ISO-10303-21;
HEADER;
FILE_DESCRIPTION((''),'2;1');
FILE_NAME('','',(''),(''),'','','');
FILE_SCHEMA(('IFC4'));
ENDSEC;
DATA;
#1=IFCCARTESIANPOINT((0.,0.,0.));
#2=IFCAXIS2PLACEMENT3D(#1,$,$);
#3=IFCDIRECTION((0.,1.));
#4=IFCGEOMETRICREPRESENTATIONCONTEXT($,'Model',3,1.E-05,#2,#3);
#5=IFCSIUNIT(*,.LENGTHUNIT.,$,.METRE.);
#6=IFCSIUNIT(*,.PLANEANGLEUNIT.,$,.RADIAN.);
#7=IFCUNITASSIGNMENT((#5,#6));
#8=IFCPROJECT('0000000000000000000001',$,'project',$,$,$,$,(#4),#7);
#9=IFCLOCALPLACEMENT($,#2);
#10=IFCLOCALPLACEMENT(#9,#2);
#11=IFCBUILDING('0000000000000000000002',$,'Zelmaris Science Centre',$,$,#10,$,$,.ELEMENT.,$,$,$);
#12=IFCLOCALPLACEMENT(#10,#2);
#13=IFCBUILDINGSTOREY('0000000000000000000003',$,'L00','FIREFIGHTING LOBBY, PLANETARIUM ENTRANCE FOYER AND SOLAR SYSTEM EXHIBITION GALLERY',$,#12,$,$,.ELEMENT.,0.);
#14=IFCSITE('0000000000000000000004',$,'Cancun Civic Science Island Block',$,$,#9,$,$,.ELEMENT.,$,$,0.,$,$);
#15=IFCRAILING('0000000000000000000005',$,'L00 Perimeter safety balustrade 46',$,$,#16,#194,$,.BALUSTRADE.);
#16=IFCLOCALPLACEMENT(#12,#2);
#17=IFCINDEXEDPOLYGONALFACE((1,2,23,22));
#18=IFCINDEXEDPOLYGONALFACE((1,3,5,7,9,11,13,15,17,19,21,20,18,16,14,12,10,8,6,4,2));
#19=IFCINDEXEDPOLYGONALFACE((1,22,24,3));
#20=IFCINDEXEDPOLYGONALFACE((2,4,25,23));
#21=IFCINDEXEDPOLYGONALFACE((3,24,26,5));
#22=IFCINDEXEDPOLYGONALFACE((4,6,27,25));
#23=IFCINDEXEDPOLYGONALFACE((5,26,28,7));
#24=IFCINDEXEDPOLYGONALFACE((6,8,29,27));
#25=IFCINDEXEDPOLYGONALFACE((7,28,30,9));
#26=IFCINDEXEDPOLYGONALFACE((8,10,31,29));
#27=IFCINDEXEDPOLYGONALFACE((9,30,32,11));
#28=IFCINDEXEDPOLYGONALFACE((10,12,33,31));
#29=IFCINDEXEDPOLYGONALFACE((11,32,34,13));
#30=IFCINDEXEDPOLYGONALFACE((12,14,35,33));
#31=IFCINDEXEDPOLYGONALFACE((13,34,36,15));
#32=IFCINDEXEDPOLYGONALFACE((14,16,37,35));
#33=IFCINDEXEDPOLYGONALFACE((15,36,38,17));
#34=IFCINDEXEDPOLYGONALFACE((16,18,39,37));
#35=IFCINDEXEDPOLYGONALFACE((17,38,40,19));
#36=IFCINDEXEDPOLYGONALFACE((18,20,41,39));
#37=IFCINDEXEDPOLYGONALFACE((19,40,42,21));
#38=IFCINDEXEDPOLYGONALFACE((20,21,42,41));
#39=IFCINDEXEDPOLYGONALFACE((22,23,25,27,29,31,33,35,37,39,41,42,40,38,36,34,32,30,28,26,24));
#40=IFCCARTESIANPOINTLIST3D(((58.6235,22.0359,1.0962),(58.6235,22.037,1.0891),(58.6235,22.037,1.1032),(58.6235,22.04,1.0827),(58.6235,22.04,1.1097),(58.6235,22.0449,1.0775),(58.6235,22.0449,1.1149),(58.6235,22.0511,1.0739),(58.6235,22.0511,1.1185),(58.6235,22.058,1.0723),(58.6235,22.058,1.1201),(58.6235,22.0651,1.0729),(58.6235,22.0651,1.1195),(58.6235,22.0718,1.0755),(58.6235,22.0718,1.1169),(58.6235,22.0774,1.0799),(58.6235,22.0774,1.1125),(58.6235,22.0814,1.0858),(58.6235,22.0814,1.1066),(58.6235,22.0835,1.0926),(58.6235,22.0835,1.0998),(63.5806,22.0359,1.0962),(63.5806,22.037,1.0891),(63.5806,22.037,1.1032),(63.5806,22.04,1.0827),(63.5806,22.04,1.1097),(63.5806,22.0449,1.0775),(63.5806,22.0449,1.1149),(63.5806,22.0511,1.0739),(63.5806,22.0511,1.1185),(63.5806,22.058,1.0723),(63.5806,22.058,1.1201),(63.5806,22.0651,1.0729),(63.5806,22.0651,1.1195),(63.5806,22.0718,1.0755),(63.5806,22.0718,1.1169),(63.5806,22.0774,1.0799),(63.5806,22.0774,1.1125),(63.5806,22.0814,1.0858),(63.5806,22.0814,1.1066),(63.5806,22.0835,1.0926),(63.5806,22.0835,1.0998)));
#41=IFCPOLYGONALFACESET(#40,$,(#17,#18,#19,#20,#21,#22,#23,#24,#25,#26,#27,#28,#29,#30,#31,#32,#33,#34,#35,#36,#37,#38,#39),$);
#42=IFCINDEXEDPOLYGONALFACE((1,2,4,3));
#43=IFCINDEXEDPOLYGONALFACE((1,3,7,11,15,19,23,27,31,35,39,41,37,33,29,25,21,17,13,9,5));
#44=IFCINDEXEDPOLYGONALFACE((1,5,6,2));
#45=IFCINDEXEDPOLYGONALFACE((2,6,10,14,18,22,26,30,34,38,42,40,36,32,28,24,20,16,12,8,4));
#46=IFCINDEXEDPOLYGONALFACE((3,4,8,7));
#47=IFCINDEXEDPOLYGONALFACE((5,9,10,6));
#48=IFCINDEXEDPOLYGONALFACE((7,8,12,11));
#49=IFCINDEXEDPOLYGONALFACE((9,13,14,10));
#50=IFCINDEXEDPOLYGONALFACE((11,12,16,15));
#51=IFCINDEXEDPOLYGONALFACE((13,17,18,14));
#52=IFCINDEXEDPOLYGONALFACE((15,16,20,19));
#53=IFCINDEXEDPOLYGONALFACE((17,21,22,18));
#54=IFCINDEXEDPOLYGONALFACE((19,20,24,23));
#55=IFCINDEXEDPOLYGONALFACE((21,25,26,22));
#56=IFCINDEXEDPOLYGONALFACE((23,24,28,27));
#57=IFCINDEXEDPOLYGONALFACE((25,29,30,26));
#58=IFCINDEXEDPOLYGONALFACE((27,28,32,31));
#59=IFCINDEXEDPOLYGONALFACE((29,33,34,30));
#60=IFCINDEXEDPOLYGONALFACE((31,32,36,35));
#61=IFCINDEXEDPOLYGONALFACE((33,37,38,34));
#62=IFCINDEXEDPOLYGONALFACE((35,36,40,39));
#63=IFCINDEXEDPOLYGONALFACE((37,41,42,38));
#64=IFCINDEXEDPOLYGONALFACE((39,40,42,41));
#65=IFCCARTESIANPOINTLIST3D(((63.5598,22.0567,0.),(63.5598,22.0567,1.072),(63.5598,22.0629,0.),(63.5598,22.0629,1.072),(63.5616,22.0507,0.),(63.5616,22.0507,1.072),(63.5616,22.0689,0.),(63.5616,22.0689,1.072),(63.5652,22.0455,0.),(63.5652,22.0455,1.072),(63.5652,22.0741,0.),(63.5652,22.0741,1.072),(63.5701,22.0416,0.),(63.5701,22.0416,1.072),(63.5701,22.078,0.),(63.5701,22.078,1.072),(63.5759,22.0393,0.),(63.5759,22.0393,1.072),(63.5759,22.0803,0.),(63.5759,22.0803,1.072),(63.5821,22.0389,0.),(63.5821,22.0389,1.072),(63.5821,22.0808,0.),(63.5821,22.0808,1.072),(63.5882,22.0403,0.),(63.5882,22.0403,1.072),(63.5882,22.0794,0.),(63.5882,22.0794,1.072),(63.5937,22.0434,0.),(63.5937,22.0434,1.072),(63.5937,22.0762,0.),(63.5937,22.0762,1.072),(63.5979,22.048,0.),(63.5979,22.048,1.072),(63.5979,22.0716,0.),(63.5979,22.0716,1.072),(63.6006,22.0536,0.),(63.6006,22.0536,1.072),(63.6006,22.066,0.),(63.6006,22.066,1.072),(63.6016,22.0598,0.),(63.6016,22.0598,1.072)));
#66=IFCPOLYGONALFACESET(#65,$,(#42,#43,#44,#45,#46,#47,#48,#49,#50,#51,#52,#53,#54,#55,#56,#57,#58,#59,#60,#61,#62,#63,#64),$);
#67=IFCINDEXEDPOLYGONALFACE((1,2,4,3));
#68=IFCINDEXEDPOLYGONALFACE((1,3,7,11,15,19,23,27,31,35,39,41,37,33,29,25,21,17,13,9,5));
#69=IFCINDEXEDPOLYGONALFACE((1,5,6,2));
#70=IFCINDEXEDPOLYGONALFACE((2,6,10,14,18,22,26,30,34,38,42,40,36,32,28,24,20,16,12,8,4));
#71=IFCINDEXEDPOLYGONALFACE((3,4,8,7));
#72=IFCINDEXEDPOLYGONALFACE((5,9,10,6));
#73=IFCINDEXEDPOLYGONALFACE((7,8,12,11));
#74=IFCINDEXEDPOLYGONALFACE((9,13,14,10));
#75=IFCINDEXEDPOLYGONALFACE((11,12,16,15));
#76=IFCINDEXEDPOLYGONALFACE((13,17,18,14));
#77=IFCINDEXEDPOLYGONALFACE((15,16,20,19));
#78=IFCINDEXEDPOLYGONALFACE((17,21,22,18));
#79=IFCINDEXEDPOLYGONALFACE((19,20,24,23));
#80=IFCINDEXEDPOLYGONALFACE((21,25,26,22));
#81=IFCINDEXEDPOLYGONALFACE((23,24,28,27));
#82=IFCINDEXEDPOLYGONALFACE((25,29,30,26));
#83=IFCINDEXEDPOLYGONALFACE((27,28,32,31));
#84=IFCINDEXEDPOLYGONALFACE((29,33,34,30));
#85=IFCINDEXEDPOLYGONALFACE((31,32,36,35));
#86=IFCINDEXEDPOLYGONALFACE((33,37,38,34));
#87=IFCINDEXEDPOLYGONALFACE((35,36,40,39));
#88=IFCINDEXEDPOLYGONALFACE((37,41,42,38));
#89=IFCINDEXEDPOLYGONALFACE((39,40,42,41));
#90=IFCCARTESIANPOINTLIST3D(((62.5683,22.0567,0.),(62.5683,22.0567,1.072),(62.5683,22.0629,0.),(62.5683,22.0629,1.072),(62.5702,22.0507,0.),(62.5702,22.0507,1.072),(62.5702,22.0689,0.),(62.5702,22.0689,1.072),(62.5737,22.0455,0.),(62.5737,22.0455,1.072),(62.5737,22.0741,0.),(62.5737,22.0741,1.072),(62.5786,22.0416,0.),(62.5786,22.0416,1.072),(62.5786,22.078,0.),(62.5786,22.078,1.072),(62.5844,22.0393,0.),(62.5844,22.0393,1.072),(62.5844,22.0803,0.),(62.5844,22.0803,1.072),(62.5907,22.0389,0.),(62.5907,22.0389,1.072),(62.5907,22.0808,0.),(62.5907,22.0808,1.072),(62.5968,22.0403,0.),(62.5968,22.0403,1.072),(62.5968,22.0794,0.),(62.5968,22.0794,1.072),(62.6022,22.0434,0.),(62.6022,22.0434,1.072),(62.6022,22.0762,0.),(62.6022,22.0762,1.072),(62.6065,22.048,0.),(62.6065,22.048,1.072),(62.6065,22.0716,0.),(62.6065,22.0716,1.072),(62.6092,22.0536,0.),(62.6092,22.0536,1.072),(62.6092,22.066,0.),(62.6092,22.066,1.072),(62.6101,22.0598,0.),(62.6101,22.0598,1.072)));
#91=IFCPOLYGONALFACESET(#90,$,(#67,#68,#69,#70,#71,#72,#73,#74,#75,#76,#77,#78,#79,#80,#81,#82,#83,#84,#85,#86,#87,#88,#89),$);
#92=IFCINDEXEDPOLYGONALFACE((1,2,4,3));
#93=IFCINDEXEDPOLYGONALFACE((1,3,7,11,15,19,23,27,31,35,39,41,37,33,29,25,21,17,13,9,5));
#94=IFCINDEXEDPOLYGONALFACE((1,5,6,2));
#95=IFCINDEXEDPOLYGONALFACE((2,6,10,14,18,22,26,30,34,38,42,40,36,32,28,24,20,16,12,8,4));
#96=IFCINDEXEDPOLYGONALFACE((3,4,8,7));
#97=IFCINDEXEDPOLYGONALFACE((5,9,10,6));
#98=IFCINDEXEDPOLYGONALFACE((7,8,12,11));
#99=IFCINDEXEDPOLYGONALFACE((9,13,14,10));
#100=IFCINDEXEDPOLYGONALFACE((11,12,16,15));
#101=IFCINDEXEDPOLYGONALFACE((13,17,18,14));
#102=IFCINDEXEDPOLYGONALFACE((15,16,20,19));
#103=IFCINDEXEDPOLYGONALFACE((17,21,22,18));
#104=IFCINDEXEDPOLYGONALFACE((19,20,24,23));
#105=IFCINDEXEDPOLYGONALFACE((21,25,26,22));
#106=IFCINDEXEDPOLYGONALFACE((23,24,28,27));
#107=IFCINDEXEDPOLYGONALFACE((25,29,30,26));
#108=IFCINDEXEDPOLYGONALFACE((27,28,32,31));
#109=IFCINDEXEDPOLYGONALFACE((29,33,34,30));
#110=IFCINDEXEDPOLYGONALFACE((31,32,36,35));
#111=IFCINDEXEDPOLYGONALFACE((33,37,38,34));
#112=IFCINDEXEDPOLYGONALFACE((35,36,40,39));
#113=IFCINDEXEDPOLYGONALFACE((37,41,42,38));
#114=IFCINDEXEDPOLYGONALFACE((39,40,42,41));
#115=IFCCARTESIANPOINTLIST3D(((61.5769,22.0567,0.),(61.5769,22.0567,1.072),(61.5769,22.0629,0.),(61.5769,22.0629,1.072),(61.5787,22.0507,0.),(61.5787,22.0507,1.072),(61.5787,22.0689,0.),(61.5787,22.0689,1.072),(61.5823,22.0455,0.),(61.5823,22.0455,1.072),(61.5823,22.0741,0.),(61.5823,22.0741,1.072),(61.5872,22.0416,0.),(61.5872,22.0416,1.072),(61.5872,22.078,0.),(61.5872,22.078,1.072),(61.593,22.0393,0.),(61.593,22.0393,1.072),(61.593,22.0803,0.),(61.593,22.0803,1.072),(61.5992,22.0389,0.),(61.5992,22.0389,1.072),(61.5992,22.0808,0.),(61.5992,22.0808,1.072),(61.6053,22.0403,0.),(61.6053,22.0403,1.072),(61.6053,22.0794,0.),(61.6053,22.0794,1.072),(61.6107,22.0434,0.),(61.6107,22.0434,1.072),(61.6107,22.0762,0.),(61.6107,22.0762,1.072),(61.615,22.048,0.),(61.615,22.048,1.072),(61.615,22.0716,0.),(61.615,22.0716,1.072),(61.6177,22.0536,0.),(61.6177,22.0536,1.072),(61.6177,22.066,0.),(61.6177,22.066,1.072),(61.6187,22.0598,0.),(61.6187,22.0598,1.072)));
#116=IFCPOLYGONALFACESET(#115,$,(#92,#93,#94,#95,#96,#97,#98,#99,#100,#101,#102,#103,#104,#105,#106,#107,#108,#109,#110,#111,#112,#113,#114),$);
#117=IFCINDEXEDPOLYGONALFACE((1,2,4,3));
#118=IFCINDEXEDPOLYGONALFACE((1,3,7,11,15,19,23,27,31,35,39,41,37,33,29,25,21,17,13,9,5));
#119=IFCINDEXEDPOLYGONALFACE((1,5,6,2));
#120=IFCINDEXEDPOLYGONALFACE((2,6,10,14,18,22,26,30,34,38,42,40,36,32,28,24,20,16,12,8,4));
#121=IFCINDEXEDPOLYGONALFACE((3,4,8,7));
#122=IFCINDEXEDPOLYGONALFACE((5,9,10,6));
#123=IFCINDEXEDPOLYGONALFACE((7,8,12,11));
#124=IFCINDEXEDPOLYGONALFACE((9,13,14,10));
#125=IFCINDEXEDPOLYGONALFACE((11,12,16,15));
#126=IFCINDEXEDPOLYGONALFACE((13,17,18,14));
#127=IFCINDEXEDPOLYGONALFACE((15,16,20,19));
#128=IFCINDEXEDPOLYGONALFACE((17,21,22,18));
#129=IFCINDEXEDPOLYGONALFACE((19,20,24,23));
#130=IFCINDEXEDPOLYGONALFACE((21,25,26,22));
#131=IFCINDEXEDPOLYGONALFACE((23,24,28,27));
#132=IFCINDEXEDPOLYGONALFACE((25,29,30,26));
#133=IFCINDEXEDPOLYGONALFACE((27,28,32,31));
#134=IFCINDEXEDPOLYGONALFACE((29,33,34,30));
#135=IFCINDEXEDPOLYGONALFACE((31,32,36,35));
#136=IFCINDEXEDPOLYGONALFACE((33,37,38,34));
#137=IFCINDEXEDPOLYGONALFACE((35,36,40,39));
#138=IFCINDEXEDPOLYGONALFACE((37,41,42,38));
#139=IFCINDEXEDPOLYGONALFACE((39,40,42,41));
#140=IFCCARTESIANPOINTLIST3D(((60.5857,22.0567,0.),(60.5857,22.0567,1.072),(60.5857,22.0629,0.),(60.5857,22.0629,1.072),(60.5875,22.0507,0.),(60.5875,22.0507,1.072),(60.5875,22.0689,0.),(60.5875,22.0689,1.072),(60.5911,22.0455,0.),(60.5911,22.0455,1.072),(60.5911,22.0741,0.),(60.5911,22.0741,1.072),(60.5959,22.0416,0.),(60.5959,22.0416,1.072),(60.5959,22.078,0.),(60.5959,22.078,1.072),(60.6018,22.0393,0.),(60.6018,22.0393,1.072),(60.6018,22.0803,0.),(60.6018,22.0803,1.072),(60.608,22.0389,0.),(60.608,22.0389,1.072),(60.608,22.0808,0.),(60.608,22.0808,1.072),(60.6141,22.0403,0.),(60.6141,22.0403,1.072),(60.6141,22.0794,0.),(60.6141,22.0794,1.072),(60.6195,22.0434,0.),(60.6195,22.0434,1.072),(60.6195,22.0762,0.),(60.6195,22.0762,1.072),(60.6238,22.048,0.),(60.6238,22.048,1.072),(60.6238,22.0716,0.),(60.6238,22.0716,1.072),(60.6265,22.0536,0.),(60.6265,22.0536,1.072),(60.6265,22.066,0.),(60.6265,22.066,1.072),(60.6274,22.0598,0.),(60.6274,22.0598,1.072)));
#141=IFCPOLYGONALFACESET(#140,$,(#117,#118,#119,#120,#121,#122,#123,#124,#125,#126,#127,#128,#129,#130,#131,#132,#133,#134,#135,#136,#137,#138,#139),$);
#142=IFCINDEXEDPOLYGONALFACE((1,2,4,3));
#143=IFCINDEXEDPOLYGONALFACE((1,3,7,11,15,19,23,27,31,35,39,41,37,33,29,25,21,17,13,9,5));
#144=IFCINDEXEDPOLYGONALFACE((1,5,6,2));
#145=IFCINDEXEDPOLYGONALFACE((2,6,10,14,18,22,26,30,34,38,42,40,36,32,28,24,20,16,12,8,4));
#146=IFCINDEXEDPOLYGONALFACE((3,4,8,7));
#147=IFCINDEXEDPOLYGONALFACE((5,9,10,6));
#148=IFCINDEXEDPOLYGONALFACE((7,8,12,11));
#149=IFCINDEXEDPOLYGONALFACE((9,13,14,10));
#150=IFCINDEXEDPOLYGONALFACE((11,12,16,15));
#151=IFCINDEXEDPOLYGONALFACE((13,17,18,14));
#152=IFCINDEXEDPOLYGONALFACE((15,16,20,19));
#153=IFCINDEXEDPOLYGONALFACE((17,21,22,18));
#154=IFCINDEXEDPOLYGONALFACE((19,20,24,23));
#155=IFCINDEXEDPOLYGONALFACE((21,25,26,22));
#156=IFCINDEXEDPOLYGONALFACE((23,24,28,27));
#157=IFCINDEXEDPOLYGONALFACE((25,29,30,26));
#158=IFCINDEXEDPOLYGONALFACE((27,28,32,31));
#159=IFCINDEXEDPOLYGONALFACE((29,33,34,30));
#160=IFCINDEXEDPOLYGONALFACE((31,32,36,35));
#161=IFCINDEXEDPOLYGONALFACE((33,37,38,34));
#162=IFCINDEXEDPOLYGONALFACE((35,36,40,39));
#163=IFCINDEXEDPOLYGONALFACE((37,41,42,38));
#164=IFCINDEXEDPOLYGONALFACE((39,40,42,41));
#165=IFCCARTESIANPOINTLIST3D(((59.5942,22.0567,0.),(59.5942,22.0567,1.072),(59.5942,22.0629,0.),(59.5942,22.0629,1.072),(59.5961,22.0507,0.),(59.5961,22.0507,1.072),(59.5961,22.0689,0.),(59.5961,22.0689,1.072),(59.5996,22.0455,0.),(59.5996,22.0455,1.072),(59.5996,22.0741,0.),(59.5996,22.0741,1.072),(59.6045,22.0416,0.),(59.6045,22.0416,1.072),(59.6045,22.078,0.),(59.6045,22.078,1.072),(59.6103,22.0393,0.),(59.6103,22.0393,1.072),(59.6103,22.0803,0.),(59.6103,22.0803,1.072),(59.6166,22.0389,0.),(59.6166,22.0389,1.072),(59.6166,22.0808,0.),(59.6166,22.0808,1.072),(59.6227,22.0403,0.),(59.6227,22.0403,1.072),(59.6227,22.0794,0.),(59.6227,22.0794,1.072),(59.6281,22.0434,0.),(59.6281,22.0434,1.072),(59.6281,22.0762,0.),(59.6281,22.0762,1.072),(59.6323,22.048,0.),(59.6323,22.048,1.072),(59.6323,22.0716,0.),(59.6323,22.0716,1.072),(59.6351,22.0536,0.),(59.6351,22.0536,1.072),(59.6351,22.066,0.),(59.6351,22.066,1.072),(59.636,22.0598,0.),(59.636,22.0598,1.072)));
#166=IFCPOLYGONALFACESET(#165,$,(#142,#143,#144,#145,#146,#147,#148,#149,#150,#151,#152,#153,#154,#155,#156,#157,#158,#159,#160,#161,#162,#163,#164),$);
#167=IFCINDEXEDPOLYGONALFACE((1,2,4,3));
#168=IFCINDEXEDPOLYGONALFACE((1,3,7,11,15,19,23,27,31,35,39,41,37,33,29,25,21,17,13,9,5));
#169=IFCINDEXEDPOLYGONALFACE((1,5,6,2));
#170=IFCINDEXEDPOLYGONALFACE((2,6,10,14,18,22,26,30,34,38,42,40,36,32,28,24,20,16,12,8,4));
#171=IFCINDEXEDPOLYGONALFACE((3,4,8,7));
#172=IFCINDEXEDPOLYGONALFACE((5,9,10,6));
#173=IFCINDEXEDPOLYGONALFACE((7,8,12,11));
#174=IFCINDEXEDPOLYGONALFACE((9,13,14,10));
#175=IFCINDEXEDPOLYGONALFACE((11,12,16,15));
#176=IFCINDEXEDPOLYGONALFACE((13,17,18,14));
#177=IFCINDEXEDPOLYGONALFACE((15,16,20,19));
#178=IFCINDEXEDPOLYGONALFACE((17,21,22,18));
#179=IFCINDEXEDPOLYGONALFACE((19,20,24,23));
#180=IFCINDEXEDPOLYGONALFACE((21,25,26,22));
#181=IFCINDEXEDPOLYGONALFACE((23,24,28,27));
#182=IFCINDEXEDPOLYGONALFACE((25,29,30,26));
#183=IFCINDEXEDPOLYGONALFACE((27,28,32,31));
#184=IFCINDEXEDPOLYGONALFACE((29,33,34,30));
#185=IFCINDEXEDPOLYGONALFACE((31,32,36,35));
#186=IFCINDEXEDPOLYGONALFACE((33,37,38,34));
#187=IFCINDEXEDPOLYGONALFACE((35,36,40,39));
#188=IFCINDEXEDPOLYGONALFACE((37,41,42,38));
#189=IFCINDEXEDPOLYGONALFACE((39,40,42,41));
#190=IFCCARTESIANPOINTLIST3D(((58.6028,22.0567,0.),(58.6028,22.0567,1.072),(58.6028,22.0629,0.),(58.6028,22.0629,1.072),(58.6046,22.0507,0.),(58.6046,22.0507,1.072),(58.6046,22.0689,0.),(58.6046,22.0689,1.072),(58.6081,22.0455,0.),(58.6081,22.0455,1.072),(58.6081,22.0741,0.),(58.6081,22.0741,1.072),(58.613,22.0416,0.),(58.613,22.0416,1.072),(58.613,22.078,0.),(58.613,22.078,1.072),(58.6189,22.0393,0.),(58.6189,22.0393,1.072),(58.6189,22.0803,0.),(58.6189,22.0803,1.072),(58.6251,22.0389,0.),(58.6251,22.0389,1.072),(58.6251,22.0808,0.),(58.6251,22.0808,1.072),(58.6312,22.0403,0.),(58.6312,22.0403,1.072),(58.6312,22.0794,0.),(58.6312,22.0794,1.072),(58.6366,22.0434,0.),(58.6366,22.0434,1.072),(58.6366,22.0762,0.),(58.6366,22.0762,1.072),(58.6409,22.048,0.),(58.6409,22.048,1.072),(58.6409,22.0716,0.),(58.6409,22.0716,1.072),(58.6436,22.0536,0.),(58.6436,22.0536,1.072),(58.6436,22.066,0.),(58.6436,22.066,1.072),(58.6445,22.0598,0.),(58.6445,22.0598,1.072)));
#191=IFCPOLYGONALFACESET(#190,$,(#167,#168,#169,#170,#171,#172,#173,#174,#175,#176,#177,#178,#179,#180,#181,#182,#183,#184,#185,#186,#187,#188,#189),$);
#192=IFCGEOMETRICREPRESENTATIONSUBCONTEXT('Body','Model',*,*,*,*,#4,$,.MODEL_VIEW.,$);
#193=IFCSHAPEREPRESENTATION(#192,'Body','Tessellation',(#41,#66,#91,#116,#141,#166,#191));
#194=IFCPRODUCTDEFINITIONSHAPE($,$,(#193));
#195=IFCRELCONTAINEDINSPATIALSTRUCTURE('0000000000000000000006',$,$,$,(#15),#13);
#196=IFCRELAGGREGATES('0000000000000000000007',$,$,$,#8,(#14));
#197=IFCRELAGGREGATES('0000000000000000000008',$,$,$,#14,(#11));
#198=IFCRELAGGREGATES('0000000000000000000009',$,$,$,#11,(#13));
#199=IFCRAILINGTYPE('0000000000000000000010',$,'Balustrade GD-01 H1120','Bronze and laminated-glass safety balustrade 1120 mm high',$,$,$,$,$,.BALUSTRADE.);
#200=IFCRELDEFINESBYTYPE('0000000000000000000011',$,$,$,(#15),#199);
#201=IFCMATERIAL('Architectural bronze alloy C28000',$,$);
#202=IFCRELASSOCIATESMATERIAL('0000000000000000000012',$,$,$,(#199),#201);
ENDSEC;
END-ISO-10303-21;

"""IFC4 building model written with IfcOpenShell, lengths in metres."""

from ifc_helpers import new_model, si_unit, direction, frame, origin, origin_2d, place, context, subcontext, project, spatial, circle, extrude, material, type_object, element, save


model = new_model("IFC4")

# Units and contexts
model_context = context("Model", 3, precision=1e-05, world=origin(), true_north=direction((0.0, 1.0)))
body_context = subcontext(model_context, "Body", "Model", "MODEL_VIEW")
ifc_project = project(units=[si_unit("LENGTHUNIT", "METRE"), si_unit("PLANEANGLEUNIT", "RADIAN")], contexts=[model_context])

# Site, building, storey
site_placement = place(None, origin())
site = spatial("IfcSite", under=ifc_project, at=site_placement, Name="Cancun Civic Science Island Block", CompositionType="ELEMENT", RefElevation=0.0)
building_placement = place(site_placement, origin())
building = spatial("IfcBuilding", under=site, at=building_placement, Name="Zelmaris Science Centre", CompositionType="ELEMENT")
storey_placement = place(building_placement, origin())
storey = spatial("IfcBuildingStorey", under=building, at=storey_placement, Name="L00", Description="FIREFIGHTING LOBBY, PLANETARIUM ENTRANCE FOYER AND SOLAR SYSTEM EXHIBITION GALLERY", CompositionType="ELEMENT", Elevation=0.0)

# Railing
ifc_material_1 = material(Name="Architectural bronze alloy C28000")
railing_type = type_object("IfcRailingType", Name="Balustrade GD-01 H1120", Description="Bronze and laminated-glass safety balustrade 1120 mm high", PredefinedType="BALUSTRADE", material=ifc_material_1)
railing_1_placement = place(storey_placement, frame((63.5806, 22.0598, 0.0)))
element("IfcRailing", 1, at=railing_1_placement, inside=storey, type_object=railing_type, Name="L00 Perimeter safety balustrade 46", PredefinedType="BALUSTRADE", context=body_context, shape_type="SweptSolid", body=[
    extrude(circle(Radius=0.0239, at=origin_2d()), frame((0.0, 0.0, 1.0962), z_axis=(-1.0, 0.0, 0.0), x_axis=(0.0, -1.0, 0.0)), (0.0, 0.0, 1.0), 4.957),
    extrude(circle(Radius=0.021, at=origin_2d()), origin(), (0.0, 0.0, 1.0), 1.072),
    extrude(circle(Radius=0.021, at=origin_2d()), frame((-0.9915, 0.0, 0.0)), (0.0, 0.0, 1.0), 1.072),
    extrude(circle(Radius=0.021, at=origin_2d()), frame((-1.9829, 0.0, 0.0)), (0.0, 0.0, 1.0), 1.072),
    extrude(circle(Radius=0.021, at=origin_2d()), frame((-2.9741, 0.0, 0.0)), (0.0, 0.0, 1.0), 1.072),
    extrude(circle(Radius=0.021, at=origin_2d()), frame((-3.9656, 0.0, 0.0)), (0.0, 0.0, 1.0), 1.072),
    extrude(circle(Radius=0.021, at=origin_2d()), frame((-4.957, 0.0, 0.0)), (0.0, 0.0, 1.0), 1.072),
])

save(model, "model.ifc")
